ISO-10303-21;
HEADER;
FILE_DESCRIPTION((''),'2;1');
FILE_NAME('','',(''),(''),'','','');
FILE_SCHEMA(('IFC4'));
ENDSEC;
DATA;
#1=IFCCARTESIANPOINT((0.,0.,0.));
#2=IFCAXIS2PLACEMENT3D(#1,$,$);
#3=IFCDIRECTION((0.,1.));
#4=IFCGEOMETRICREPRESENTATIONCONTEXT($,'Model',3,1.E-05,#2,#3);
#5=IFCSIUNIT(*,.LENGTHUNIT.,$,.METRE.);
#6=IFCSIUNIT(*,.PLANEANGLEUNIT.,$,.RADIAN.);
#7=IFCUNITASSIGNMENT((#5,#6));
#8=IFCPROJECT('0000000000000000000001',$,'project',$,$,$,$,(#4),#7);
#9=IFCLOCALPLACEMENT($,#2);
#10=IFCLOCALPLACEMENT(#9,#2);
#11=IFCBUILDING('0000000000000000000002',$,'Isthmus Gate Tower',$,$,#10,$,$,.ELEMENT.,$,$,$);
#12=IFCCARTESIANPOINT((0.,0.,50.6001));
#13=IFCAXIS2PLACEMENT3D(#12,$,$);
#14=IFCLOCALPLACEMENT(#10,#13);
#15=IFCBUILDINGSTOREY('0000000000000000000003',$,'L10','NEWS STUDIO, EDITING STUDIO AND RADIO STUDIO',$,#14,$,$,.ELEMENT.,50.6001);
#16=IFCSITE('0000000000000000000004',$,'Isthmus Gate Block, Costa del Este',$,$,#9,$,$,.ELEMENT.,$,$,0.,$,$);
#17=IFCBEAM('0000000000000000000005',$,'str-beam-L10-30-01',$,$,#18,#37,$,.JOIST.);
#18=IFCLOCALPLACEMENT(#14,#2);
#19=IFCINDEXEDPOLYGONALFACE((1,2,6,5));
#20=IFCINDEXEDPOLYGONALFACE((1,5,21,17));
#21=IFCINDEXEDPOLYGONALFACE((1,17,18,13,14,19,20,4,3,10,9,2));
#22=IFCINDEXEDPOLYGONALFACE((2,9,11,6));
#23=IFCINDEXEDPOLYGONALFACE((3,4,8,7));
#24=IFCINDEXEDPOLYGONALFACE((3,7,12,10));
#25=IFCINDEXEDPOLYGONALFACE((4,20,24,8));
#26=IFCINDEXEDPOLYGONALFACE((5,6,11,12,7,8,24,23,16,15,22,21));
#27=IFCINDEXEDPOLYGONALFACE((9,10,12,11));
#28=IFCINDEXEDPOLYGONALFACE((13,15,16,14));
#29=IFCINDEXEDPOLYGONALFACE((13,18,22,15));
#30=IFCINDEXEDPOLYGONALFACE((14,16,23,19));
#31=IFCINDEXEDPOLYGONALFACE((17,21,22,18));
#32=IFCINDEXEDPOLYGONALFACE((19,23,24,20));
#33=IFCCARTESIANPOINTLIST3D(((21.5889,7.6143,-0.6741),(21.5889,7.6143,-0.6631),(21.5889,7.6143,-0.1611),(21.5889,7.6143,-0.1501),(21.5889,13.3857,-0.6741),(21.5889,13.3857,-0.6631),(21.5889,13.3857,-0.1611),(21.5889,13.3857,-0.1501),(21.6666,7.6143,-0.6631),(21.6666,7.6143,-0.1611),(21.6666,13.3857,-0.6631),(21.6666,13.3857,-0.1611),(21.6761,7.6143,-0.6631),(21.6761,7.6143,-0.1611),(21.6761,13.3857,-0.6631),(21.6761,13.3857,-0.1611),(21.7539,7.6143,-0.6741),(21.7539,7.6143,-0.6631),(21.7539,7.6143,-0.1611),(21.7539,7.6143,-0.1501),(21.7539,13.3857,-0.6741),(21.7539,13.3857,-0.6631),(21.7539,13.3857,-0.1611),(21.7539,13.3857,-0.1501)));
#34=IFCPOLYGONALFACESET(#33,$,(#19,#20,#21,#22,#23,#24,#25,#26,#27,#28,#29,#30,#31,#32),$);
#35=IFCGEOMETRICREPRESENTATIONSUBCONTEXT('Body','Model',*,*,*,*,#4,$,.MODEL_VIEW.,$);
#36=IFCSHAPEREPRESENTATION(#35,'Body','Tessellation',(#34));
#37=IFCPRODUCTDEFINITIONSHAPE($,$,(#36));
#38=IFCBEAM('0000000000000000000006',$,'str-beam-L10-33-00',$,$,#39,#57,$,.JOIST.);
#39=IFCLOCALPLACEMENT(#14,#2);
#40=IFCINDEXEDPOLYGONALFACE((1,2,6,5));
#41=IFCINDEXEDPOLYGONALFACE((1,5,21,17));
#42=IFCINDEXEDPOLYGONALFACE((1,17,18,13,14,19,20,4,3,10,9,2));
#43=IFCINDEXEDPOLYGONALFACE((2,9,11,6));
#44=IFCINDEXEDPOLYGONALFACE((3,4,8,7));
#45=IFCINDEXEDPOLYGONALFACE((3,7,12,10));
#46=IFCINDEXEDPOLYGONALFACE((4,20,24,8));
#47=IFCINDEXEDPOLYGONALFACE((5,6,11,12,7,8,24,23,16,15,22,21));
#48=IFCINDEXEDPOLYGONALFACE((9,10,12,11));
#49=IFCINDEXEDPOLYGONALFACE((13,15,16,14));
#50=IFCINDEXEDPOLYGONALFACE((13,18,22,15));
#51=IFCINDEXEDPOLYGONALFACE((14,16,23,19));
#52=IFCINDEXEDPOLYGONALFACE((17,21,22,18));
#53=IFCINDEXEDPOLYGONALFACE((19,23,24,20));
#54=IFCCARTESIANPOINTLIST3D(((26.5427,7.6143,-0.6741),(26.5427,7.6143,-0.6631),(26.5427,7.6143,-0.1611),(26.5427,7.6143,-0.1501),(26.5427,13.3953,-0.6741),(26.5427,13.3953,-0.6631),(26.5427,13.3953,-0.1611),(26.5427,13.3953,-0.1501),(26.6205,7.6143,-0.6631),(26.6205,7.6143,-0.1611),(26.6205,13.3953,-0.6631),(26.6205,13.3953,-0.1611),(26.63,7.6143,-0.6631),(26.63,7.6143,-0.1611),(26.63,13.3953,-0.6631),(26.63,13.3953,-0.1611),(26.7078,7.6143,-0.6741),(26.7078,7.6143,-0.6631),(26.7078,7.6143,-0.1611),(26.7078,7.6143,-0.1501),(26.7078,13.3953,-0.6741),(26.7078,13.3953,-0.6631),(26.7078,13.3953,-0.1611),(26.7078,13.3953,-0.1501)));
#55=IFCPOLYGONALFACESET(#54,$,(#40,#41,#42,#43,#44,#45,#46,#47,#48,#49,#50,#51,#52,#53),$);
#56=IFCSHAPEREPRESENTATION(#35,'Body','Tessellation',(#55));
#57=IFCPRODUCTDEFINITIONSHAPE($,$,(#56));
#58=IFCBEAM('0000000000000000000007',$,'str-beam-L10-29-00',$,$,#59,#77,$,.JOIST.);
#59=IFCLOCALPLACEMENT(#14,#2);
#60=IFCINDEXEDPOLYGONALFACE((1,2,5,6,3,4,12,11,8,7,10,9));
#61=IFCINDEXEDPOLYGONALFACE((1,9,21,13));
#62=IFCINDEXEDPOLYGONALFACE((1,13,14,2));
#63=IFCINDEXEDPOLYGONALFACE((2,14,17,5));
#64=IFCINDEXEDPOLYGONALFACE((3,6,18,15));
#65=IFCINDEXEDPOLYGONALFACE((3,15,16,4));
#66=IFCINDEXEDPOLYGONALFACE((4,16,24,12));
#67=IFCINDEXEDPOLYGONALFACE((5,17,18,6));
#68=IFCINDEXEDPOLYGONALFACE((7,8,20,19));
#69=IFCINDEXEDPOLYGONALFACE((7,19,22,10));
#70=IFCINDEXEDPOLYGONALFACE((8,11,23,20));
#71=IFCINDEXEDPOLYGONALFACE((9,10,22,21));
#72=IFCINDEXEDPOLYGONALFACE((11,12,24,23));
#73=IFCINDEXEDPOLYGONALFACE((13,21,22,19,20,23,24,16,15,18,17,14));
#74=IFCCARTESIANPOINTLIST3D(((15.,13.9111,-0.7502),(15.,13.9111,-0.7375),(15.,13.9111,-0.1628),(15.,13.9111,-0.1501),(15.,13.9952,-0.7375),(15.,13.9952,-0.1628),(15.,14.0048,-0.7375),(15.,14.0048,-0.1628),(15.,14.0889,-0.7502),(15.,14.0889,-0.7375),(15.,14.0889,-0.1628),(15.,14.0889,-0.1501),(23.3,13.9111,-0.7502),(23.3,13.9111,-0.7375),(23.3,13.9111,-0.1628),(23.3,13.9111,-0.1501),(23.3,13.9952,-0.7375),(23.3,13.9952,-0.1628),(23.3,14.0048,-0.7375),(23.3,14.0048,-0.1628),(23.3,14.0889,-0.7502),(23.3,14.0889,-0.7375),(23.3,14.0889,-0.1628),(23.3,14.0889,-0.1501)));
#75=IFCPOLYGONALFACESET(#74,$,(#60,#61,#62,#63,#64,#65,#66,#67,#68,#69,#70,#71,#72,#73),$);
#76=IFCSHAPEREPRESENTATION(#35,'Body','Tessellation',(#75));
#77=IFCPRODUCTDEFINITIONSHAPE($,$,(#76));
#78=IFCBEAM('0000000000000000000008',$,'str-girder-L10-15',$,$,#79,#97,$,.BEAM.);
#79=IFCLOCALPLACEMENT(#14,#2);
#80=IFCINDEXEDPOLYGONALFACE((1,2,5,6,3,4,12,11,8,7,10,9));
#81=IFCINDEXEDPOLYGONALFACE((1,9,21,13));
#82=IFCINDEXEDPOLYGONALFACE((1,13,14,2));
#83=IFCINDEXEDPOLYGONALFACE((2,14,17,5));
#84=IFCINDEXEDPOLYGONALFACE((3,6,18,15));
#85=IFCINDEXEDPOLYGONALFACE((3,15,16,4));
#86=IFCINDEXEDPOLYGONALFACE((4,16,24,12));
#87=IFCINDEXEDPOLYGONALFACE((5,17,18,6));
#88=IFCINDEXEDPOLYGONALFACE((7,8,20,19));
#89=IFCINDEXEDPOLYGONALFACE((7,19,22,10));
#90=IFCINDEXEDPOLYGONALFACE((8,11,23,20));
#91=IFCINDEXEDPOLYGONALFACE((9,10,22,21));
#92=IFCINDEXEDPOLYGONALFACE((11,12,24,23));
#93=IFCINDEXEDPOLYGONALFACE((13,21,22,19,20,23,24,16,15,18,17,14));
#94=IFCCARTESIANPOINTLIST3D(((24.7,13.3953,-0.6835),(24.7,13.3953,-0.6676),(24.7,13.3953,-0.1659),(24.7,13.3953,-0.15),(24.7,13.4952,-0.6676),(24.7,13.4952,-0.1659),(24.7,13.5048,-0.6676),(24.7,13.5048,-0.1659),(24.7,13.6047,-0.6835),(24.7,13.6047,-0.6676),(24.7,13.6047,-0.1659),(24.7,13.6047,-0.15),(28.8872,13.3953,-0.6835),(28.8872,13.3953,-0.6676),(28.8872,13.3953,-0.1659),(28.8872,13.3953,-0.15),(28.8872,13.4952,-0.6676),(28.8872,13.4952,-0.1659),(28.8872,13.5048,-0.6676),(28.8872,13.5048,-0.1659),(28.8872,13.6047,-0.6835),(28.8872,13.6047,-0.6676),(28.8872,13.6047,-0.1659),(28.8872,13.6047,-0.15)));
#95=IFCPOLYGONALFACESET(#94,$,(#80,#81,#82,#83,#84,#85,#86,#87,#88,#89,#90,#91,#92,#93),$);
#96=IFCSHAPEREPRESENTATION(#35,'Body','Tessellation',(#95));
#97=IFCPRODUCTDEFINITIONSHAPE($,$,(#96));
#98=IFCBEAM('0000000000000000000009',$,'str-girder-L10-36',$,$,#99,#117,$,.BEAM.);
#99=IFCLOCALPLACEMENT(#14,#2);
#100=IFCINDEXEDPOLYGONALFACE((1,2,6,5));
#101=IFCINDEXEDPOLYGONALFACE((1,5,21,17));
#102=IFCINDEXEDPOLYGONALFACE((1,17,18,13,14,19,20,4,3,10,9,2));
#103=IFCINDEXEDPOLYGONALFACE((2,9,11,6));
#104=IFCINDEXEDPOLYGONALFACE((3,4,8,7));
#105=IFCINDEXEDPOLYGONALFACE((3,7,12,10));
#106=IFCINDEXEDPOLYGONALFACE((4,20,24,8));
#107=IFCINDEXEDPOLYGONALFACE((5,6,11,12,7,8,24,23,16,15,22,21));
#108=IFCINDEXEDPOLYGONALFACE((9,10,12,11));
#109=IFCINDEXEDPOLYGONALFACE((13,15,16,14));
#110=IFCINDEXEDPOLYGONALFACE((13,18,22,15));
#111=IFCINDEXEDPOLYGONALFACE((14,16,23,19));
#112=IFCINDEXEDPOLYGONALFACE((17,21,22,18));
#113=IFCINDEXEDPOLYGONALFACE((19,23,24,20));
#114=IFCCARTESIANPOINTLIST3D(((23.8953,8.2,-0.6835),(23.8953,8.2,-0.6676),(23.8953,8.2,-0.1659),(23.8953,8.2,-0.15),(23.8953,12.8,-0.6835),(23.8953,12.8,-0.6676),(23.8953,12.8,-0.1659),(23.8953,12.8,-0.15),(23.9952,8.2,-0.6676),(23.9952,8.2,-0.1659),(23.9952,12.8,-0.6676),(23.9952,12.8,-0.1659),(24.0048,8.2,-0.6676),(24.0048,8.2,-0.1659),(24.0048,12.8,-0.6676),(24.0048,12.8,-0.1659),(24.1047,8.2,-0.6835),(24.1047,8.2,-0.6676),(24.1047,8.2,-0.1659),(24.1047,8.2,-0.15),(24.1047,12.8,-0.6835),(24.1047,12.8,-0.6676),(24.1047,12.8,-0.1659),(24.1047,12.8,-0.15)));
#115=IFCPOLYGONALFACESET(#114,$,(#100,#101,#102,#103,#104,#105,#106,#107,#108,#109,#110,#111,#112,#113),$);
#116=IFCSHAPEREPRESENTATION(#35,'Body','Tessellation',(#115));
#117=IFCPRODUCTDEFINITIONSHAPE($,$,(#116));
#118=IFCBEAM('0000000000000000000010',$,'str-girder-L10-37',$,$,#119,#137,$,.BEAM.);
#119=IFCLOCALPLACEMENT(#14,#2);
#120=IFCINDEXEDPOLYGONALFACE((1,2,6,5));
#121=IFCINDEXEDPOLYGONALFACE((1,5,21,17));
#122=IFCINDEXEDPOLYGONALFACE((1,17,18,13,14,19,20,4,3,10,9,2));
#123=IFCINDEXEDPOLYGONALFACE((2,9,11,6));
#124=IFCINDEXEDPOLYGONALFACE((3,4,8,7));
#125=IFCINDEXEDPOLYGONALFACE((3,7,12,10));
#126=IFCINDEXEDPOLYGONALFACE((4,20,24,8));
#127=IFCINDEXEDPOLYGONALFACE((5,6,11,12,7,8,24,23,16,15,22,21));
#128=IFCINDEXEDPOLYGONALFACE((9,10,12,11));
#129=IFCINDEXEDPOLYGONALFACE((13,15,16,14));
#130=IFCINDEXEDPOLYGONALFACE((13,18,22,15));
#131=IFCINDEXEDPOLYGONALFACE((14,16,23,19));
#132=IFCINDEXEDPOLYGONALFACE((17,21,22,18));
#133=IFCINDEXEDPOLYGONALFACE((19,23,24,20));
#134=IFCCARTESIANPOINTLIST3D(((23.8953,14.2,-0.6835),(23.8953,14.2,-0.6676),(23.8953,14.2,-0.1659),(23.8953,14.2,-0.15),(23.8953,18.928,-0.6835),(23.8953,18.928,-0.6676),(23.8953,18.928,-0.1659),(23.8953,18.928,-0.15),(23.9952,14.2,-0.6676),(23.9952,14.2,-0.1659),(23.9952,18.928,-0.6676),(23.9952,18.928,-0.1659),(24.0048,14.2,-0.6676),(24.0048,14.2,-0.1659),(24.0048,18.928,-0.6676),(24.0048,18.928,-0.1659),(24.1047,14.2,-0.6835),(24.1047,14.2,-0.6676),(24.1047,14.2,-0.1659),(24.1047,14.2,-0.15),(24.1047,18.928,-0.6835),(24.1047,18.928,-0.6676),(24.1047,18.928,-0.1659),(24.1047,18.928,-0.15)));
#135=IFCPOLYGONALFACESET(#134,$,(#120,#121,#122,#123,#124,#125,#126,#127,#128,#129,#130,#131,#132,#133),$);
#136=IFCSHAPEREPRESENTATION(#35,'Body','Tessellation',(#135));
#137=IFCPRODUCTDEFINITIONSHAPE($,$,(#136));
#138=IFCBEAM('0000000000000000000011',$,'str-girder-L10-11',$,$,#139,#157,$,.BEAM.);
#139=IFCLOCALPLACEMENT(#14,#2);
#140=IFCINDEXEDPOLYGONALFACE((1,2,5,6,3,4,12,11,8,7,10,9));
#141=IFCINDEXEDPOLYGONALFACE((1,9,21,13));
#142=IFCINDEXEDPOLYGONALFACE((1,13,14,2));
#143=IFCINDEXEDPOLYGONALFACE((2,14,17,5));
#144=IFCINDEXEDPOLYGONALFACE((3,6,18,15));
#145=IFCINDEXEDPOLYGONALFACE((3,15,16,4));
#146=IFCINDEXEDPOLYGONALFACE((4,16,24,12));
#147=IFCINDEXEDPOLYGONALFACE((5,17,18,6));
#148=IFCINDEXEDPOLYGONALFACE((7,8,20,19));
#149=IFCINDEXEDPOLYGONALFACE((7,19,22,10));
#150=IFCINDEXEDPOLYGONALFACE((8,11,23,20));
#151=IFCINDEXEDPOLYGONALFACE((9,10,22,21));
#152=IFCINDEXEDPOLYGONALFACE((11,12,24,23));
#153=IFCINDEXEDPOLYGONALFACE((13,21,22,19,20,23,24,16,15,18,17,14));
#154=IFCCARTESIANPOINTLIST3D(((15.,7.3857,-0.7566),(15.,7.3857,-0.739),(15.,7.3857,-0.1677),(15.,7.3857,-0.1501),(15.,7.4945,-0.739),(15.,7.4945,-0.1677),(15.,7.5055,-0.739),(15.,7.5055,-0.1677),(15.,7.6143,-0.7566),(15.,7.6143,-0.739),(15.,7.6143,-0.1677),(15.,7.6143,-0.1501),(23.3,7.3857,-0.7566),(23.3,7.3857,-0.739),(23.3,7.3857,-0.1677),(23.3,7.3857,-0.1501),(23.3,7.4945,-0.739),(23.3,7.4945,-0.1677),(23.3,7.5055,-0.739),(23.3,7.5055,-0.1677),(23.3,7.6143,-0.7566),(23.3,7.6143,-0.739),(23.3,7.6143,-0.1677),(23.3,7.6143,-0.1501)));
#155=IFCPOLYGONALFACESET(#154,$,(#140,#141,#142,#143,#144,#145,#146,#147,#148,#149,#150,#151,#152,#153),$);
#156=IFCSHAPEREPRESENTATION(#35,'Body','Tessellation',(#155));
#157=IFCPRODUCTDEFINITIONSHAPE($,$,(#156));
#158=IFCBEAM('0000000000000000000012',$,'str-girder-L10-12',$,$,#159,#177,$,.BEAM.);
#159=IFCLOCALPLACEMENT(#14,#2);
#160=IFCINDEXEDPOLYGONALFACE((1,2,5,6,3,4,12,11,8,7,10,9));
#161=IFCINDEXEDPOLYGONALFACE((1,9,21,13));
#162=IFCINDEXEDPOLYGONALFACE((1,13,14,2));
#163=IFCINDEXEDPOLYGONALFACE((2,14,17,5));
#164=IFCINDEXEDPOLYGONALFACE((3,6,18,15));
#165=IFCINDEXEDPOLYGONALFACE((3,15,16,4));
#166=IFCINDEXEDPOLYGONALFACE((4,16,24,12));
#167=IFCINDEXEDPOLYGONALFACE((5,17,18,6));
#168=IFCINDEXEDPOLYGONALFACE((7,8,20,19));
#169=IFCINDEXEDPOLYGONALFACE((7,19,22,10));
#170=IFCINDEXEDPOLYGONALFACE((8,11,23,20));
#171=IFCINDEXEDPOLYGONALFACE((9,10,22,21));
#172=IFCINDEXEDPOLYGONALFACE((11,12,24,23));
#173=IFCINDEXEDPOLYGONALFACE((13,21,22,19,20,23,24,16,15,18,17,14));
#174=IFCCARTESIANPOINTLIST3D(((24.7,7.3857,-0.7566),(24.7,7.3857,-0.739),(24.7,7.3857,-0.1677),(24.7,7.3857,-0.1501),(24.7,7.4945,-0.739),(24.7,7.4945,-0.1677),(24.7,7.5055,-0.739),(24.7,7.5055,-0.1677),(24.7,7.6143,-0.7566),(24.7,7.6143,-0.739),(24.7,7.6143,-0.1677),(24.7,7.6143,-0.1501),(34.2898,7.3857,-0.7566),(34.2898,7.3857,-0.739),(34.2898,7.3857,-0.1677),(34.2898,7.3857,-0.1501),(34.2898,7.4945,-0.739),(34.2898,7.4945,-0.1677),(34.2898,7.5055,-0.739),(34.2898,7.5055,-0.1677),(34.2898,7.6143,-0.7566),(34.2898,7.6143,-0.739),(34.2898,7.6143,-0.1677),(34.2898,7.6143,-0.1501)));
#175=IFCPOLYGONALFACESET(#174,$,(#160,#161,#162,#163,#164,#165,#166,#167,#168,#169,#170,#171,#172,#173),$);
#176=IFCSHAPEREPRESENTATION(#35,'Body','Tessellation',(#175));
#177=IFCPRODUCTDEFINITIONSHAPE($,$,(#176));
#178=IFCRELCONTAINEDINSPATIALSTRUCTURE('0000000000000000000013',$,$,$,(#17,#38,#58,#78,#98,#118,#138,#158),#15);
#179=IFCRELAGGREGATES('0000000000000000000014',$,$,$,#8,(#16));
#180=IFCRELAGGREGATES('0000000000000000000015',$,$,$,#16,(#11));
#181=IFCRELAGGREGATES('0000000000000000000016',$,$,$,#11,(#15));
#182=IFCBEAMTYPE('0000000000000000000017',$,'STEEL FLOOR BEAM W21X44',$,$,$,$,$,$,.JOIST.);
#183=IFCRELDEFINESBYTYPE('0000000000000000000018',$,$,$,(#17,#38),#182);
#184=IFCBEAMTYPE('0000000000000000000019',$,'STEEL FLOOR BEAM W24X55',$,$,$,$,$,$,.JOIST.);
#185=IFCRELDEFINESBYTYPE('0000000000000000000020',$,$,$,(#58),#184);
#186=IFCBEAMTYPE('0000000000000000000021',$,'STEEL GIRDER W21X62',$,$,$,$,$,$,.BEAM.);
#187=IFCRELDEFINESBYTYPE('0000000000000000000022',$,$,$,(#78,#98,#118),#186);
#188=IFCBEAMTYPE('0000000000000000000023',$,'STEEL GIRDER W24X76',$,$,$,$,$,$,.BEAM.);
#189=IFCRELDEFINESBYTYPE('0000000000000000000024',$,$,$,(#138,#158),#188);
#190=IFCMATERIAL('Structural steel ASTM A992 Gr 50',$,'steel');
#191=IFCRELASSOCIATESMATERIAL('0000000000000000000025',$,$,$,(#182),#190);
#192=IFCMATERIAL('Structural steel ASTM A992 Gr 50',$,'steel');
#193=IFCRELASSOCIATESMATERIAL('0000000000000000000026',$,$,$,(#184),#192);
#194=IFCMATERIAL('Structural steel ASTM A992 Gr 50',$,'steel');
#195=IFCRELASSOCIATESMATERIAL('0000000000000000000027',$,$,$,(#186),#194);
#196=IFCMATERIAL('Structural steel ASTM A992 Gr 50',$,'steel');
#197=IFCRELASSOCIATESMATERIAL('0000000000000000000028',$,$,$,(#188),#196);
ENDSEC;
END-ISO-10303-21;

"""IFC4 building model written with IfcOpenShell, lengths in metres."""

from ifc_helpers import new_model, si_unit, direction, frame, origin, origin_2d, place, context, subcontext, project, spatial, i_section, extrude, material, material_profile, profile_set, type_object, element, save


model = new_model("IFC4")

# Units and contexts
model_context = context("Model", 3, precision=1e-05, world=origin(), true_north=direction((0.0, 1.0)))
body_context = subcontext(model_context, "Body", "Model", "MODEL_VIEW")
ifc_project = project(units=[si_unit("LENGTHUNIT", "METRE"), si_unit("PLANEANGLEUNIT", "RADIAN")], contexts=[model_context])

# Site, building, storey
site_placement = place(None, origin())
site = spatial("IfcSite", under=ifc_project, at=site_placement, Name="Isthmus Gate Block, Costa del Este", CompositionType="ELEMENT", RefElevation=0.0)
building_placement = place(site_placement, origin())
building = spatial("IfcBuilding", under=site, at=building_placement, Name="Isthmus Gate Tower", CompositionType="ELEMENT")
storey_placement = place(building_placement, frame((0.0, 0.0, 50.6001)))
storey = spatial("IfcBuildingStorey", under=building, at=storey_placement, Name="L10", Description="NEWS STUDIO, EDITING STUDIO AND RADIO STUDIO", CompositionType="ELEMENT", Elevation=50.6001)

# Beams
ifc_material_1 = material(Name="Structural steel ASTM A992 Gr 50", Category="steel")
ifc_material_profile_1 = material_profile(ifc_material_1, i_section(OverallWidth=0.165, OverallDepth=0.5239, WebThickness=0.0095, FlangeThickness=0.011, at=origin_2d()), Name="W21X44")
ifc_profile_set_1 = profile_set([ifc_material_profile_1], Name="Structural steel ASTM A992 Gr 50")
beam_type_1 = type_object("IfcBeamType", Name="STEEL FLOOR BEAM W21X44", PredefinedType="JOIST", material=ifc_profile_set_1)
for number, where, z_axis, x_axis, name in (
    (1, (21.6714, 7.6143, -0.4121), (0.0, 1.0, 0.0), (-1.0, 0.0, 0.0), "str-beam-L10-30-01"),
):
    element("IfcBeam", number, at=place(storey_placement, frame(where, z_axis=z_axis, x_axis=x_axis)), inside=storey, type_object=beam_type_1, Name=name, PredefinedType="JOIST", context=body_context, shape_type="SweptSolid", body=[
        extrude(i_section(OverallWidth=0.165, OverallDepth=0.5239, WebThickness=0.0095, FlangeThickness=0.011, at=origin_2d()), origin(), (0.0, 0.0, 1.0), 5.7715),
    ])
beam_1_placement = place(storey_placement, frame((26.6252, 7.6143, -0.4121), z_axis=(0.0, 1.0, 0.0), x_axis=(-1.0, 0.0, 0.0)))
element("IfcBeam", 2, at=beam_1_placement, inside=storey, type_object=beam_type_1, Name="str-beam-L10-33-00", PredefinedType="JOIST", context=body_context, shape_type="SweptSolid", body=[
    extrude(i_section(OverallWidth=0.165, OverallDepth=0.5239, WebThickness=0.0095, FlangeThickness=0.011, at=origin_2d()), origin(), (0.0, 0.0, 1.0), 5.781),
])
ifc_material_2 = material(Name="Structural steel ASTM A992 Gr 50", Category="steel")
ifc_material_profile_2 = material_profile(ifc_material_2, i_section(OverallWidth=0.1777, OverallDepth=0.6001, WebThickness=0.0095, FlangeThickness=0.0127, at=origin_2d()), Name="W24X55")
ifc_profile_set_2 = profile_set([ifc_material_profile_2], Name="Structural steel ASTM A992 Gr 50")
beam_type_2 = type_object("IfcBeamType", Name="STEEL FLOOR BEAM W24X55", PredefinedType="JOIST", material=ifc_profile_set_2)
beam_2_placement = place(storey_placement, frame((15.0, 14.0, -0.4502), z_axis=(1.0, 0.0, 0.0), x_axis=(0.0, 1.0, 0.0)))
element("IfcBeam", 3, at=beam_2_placement, inside=storey, type_object=beam_type_2, Name="str-beam-L10-29-00", PredefinedType="JOIST", context=body_context, shape_type="SweptSolid", body=[
    extrude(i_section(OverallWidth=0.1777, OverallDepth=0.6001, WebThickness=0.0095, FlangeThickness=0.0127, at=origin_2d()), origin(), (0.0, 0.0, 1.0), 8.3),
])
ifc_material_3 = material(Name="Structural steel ASTM A992 Gr 50", Category="steel")
ifc_material_profile_3 = material_profile(ifc_material_3, i_section(OverallWidth=0.2095, OverallDepth=0.5334, WebThickness=0.0095, FlangeThickness=0.0159, at=origin_2d()), Name="W21X62")
ifc_profile_set_3 = profile_set([ifc_material_profile_3], Name="Structural steel ASTM A992 Gr 50")
beam_type_3 = type_object("IfcBeamType", Name="STEEL GIRDER W21X62", PredefinedType="BEAM", material=ifc_profile_set_3)
beam_3_placement = place(storey_placement, frame((24.7, 13.5, -0.4167), z_axis=(1.0, 0.0, 0.0), x_axis=(0.0, 1.0, 0.0)))
element("IfcBeam", 4, at=beam_3_placement, inside=storey, type_object=beam_type_3, Name="str-girder-L10-15", PredefinedType="BEAM", context=body_context, shape_type="SweptSolid", body=[
    extrude(i_section(OverallWidth=0.2095, OverallDepth=0.5334, WebThickness=0.0095, FlangeThickness=0.0159, at=origin_2d()), origin(), (0.0, 0.0, 1.0), 4.1873),
])
beam_4_placement = place(storey_placement, frame((24.0, 8.2, -0.4167), z_axis=(0.0, 1.0, 0.0), x_axis=(-1.0, 0.0, 0.0)))
element("IfcBeam", 5, at=beam_4_placement, inside=storey, type_object=beam_type_3, Name="str-girder-L10-36", PredefinedType="BEAM", context=body_context, shape_type="SweptSolid", body=[
    extrude(i_section(OverallWidth=0.2095, OverallDepth=0.5334, WebThickness=0.0095, FlangeThickness=0.0159, at=origin_2d()), origin(), (0.0, 0.0, 1.0), 4.6001),
])
beam_5_placement = place(storey_placement, frame((24.0, 14.2, -0.4167), z_axis=(0.0, 1.0, 0.0), x_axis=(-1.0, 0.0, 0.0)))
element("IfcBeam", 6, at=beam_5_placement, inside=storey, type_object=beam_type_3, Name="str-girder-L10-37", PredefinedType="BEAM", context=body_context, shape_type="SweptSolid", body=[
    extrude(i_section(OverallWidth=0.2095, OverallDepth=0.5334, WebThickness=0.0095, FlangeThickness=0.0159, at=origin_2d()), origin(), (0.0, 0.0, 1.0), 4.728),
])
ifc_material_4 = material(Name="Structural steel ASTM A992 Gr 50", Category="steel")
ifc_material_profile_4 = material_profile(ifc_material_4, i_section(OverallWidth=0.2285, OverallDepth=0.6064, WebThickness=0.011, FlangeThickness=0.0176, at=origin_2d()), Name="W24X76")
ifc_profile_set_4 = profile_set([ifc_material_profile_4], Name="Structural steel ASTM A992 Gr 50")
beam_type_4 = type_object("IfcBeamType", Name="STEEL GIRDER W24X76", PredefinedType="BEAM", material=ifc_profile_set_4)
beam_6_placement = place(storey_placement, frame((15.0, 7.5, -0.4534), z_axis=(1.0, 0.0, 0.0), x_axis=(0.0, 1.0, 0.0)))
element("IfcBeam", 7, at=beam_6_placement, inside=storey, type_object=beam_type_4, Name="str-girder-L10-11", PredefinedType="BEAM", context=body_context, shape_type="SweptSolid", body=[
    extrude(i_section(OverallWidth=0.2285, OverallDepth=0.6064, WebThickness=0.011, FlangeThickness=0.0176, at=origin_2d()), origin(), (0.0, 0.0, 1.0), 8.3),
])
beam_7_placement = place(storey_placement, frame((24.7, 7.5, -0.4534), z_axis=(1.0, 0.0, 0.0), x_axis=(0.0, 1.0, 0.0)))
element("IfcBeam", 8, at=beam_7_placement, inside=storey, type_object=beam_type_4, Name="str-girder-L10-12", PredefinedType="BEAM", context=body_context, shape_type="SweptSolid", body=[
    extrude(i_section(OverallWidth=0.2285, OverallDepth=0.6064, WebThickness=0.011, FlangeThickness=0.0176, at=origin_2d()), origin(), (0.0, 0.0, 1.0), 9.5898),
])

save(model, "model.ifc")
